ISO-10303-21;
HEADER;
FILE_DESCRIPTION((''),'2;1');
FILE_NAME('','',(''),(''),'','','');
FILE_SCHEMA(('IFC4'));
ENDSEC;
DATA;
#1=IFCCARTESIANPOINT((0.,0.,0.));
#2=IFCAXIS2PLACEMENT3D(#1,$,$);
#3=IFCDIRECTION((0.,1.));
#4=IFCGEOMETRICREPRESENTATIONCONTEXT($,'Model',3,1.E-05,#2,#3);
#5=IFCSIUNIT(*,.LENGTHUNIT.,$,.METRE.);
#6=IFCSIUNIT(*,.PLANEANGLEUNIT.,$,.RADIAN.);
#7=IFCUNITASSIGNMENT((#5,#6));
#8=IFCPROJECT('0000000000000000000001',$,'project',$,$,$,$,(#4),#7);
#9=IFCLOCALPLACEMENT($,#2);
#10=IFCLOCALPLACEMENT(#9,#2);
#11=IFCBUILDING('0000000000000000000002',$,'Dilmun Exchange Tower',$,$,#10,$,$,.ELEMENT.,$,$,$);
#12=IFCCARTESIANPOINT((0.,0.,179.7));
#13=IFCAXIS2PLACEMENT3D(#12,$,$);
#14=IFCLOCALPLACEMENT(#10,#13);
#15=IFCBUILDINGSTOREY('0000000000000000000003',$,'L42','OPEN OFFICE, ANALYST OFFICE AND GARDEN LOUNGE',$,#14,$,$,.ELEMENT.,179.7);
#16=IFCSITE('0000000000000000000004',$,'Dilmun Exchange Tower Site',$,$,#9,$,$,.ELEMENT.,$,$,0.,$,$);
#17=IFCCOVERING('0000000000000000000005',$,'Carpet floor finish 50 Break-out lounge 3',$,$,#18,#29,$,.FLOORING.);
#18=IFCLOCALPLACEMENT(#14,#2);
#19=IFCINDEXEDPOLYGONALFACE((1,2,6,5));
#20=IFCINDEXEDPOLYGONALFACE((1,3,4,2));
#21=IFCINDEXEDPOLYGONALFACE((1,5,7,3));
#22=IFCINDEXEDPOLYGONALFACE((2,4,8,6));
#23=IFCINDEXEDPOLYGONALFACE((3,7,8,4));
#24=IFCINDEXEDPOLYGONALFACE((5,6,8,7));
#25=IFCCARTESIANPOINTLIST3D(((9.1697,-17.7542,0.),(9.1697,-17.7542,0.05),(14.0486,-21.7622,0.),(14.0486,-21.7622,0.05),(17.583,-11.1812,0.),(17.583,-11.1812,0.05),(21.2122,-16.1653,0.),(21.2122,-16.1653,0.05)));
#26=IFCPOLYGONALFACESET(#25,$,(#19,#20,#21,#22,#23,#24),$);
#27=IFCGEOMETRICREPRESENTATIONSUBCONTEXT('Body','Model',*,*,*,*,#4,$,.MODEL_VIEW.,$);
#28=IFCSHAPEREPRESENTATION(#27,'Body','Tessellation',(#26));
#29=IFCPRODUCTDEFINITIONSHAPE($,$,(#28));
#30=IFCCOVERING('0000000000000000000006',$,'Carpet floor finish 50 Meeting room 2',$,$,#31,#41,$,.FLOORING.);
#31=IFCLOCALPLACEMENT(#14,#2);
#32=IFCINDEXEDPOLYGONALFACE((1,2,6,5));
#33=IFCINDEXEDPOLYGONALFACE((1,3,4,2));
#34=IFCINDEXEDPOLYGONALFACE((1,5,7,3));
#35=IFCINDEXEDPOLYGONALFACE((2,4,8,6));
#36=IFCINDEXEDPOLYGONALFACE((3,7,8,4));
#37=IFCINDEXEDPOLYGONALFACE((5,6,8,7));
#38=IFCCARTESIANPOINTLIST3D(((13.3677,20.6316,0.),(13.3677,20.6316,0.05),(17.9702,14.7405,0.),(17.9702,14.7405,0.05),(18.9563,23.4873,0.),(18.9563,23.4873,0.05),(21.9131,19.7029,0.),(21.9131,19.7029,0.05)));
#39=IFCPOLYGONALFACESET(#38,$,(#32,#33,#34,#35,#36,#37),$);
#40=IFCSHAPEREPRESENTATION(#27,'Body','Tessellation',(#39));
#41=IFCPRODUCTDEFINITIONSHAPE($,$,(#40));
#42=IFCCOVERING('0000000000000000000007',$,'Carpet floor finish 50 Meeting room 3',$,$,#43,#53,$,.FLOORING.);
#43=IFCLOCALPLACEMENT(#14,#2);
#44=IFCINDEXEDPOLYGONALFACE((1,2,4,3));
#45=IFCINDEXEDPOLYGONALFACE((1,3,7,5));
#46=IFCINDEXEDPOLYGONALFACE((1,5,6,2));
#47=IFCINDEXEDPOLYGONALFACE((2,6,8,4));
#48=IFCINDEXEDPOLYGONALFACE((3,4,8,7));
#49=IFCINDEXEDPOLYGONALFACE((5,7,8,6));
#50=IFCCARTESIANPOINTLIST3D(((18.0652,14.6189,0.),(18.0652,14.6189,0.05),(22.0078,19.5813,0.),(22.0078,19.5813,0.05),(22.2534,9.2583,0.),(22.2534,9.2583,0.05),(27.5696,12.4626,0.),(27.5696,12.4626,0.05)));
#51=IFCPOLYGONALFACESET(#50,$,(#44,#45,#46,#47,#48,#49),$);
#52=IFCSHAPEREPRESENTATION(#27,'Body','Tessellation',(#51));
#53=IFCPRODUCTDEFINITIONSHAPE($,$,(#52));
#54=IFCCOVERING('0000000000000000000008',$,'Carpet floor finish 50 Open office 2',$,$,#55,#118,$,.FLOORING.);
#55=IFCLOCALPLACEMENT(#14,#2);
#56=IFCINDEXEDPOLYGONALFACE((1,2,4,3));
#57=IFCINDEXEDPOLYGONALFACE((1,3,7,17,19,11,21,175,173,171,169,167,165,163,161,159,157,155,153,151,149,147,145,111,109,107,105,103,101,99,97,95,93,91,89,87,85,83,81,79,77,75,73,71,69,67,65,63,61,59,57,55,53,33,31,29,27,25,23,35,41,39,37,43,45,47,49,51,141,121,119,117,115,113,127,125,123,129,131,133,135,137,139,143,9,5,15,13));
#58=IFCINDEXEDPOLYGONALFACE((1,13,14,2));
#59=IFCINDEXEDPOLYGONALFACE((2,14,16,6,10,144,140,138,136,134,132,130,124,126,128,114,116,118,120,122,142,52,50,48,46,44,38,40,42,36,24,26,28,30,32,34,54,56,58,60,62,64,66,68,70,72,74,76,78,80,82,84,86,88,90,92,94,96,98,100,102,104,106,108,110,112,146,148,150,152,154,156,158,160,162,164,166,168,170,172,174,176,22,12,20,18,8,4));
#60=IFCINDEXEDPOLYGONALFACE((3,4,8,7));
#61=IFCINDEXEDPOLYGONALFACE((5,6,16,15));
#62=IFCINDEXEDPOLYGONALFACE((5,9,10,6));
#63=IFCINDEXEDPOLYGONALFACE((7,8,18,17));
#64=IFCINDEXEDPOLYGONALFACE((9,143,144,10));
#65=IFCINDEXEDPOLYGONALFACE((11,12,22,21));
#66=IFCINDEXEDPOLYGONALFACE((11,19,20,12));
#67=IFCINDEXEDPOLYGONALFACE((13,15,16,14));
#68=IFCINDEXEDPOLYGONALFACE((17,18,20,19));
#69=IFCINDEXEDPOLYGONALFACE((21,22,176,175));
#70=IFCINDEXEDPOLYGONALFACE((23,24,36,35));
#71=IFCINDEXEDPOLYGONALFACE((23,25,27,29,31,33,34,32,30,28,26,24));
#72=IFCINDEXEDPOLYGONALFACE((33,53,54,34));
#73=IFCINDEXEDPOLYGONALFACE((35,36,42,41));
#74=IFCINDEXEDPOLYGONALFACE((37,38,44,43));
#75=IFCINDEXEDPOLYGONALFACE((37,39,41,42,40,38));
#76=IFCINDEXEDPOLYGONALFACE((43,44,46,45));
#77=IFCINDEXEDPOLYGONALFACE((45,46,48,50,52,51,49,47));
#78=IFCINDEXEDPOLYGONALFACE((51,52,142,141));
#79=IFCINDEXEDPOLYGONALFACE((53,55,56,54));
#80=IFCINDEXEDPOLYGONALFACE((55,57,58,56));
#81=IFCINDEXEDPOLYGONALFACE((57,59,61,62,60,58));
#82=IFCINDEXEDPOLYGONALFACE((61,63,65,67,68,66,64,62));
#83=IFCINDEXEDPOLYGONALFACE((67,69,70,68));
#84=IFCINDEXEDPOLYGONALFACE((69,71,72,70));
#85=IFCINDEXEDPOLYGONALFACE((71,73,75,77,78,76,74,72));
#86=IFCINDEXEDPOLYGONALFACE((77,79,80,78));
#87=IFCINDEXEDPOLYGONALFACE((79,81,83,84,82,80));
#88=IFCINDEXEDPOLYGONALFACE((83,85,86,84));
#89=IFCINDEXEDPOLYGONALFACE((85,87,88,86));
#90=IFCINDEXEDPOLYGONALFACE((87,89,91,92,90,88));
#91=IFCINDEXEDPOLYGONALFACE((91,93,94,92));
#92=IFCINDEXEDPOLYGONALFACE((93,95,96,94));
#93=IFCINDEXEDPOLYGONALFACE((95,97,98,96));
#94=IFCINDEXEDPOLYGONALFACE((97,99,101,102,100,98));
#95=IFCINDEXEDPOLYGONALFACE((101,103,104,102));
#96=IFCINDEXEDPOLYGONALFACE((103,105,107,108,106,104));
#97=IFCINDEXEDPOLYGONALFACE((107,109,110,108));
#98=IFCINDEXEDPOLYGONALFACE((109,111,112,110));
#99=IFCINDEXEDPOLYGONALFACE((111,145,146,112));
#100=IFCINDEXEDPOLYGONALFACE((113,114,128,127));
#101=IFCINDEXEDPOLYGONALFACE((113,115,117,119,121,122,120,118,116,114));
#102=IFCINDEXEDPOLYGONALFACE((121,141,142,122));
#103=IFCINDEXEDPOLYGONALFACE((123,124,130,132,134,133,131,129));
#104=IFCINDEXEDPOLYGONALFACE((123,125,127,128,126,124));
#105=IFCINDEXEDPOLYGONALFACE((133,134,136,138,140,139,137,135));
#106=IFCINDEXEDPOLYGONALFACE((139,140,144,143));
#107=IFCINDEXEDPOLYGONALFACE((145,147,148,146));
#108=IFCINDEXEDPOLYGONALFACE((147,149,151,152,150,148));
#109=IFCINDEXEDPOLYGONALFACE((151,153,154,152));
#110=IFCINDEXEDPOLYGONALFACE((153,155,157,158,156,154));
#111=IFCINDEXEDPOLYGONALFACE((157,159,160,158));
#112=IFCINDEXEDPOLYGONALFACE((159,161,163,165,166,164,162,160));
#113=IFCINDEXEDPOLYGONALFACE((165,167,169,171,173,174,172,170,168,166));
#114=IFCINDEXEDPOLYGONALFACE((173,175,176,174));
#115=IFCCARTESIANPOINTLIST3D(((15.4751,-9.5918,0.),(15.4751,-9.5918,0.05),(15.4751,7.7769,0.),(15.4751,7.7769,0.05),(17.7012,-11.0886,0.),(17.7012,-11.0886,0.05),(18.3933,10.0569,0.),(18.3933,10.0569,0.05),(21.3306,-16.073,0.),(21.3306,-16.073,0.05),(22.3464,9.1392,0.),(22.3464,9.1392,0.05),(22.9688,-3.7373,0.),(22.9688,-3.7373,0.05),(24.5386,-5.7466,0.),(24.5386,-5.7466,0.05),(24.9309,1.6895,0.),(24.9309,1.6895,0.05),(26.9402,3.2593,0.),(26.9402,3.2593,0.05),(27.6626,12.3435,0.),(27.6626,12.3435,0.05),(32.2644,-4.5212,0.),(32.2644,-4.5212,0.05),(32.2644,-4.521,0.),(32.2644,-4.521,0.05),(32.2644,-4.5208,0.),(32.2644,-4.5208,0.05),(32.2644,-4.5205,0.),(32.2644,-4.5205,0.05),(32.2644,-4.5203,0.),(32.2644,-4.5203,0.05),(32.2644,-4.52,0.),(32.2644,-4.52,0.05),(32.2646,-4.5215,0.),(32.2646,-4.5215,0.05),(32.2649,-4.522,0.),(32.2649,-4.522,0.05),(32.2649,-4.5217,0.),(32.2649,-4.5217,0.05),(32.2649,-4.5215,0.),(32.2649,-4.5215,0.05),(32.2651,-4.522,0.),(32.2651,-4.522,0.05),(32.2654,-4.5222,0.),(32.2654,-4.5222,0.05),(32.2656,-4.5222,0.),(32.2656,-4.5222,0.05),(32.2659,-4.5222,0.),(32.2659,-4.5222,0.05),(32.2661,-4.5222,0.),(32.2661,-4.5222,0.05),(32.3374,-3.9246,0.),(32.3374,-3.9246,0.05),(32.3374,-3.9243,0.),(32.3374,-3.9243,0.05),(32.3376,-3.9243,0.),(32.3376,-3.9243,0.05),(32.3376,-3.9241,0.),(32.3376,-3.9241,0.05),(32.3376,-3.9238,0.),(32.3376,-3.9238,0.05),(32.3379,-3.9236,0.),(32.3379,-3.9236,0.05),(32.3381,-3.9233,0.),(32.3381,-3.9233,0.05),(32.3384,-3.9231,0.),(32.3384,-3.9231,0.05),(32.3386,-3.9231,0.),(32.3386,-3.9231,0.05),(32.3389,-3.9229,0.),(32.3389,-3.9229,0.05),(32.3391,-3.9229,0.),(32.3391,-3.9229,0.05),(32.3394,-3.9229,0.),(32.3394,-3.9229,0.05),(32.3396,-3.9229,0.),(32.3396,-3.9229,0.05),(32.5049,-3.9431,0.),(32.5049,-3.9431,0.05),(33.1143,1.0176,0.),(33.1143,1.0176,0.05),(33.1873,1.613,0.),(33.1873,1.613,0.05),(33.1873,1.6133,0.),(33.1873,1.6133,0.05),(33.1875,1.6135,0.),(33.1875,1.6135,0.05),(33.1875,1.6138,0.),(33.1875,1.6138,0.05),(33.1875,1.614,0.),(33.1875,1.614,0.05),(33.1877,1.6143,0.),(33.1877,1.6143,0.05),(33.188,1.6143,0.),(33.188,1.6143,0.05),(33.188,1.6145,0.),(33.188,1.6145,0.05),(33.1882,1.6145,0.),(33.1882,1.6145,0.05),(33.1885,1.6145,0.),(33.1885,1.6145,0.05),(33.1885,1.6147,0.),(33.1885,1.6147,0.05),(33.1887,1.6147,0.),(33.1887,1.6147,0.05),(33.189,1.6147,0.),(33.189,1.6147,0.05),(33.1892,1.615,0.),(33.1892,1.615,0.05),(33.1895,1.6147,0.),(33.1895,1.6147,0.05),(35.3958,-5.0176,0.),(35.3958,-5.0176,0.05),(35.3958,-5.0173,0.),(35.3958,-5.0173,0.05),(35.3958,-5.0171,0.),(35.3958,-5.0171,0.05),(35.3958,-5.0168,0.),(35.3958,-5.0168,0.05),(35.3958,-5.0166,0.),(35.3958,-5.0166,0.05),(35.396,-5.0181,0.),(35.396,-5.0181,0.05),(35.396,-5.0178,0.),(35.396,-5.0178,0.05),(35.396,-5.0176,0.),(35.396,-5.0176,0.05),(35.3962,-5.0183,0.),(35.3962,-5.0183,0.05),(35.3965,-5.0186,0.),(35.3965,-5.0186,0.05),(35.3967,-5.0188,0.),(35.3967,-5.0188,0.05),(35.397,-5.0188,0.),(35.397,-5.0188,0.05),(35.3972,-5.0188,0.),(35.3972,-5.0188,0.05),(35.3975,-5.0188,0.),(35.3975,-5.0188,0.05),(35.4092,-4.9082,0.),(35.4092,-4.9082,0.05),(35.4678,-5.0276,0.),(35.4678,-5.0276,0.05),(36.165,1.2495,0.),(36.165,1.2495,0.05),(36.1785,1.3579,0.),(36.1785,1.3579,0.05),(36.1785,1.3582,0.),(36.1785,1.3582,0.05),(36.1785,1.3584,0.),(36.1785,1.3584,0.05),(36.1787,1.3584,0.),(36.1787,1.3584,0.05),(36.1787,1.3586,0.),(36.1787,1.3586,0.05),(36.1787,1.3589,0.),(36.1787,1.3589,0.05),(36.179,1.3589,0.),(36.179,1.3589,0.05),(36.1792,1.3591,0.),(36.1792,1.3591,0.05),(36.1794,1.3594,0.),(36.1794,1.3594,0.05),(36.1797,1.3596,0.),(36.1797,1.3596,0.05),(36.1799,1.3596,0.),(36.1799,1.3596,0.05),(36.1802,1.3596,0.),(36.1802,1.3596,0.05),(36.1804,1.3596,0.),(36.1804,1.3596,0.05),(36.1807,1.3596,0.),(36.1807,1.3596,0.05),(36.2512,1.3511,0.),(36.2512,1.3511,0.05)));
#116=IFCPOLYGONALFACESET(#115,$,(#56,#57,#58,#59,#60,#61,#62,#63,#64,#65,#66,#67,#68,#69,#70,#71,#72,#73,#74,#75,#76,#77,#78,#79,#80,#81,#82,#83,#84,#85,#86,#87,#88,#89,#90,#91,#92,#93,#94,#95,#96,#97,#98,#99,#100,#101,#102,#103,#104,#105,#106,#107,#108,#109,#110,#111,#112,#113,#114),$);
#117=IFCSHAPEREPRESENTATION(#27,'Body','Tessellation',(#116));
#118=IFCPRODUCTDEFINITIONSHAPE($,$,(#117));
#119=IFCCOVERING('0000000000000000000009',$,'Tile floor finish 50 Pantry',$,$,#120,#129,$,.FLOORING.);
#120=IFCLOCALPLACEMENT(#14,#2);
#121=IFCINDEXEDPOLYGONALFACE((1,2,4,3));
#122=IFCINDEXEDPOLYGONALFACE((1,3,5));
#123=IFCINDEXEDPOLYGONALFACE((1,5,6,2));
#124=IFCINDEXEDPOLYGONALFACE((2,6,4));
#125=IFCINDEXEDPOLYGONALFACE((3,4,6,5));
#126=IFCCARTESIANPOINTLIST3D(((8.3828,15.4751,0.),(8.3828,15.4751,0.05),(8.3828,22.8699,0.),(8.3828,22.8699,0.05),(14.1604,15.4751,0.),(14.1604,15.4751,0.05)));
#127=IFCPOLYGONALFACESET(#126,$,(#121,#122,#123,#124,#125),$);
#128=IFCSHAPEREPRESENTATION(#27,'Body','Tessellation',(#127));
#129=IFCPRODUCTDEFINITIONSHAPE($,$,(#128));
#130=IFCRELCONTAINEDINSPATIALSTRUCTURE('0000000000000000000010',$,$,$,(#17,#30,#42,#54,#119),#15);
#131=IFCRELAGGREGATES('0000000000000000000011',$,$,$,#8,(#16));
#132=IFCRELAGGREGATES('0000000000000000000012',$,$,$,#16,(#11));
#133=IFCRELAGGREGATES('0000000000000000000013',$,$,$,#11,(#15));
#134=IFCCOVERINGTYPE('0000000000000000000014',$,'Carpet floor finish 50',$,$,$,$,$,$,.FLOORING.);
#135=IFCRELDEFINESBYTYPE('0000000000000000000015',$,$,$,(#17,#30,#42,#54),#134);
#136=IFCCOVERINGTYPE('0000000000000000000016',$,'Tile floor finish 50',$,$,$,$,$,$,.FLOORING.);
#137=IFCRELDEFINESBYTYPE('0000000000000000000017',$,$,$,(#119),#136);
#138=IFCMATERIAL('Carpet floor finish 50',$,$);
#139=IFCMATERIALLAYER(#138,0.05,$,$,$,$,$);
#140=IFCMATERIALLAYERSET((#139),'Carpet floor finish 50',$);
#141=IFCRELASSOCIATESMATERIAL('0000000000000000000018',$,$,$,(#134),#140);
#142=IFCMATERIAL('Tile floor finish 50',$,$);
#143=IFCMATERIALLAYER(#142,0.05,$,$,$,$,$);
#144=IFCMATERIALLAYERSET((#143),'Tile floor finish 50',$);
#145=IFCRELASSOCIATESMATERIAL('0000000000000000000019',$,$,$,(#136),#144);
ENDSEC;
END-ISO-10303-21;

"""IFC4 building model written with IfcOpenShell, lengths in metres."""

from ifc_helpers import new_model, si_unit, direction, frame, origin, place, context, subcontext, project, spatial, polyline, outline, extrude, material, layer, layer_set, type_object, element, save


model = new_model("IFC4")

# Units and contexts
model_context = context("Model", 3, precision=1e-05, world=origin(), true_north=direction((0.0, 1.0)))
body_context = subcontext(model_context, "Body", "Model", "MODEL_VIEW")
ifc_project = project(units=[si_unit("LENGTHUNIT", "METRE"), si_unit("PLANEANGLEUNIT", "RADIAN")], contexts=[model_context])

# Site, building, storey
site_placement = place(None, origin())
site = spatial("IfcSite", under=ifc_project, at=site_placement, Name="Dilmun Exchange Tower Site", CompositionType="ELEMENT", RefElevation=0.0)
building_placement = place(site_placement, origin())
building = spatial("IfcBuilding", under=site, at=building_placement, Name="Dilmun Exchange Tower", CompositionType="ELEMENT")
storey_placement = place(building_placement, frame((0.0, 0.0, 179.7)))
storey = spatial("IfcBuildingStorey", under=building, at=storey_placement, Name="L42", Description="OPEN OFFICE, ANALYST OFFICE AND GARDEN LOUNGE", CompositionType="ELEMENT", Elevation=179.7)

# Coverings
ifc_material_1 = material(Name="Carpet floor finish 50")
ifc_layer_1 = layer(ifc_material_1, 0.05)
ifc_layer_set_1 = layer_set([ifc_layer_1], Name="Carpet floor finish 50")
covering_type_1 = type_object("IfcCoveringType", Name="Carpet floor finish 50", PredefinedType="FLOORING", material=ifc_layer_set_1)
covering_1_placement = place(storey_placement, origin())
element("IfcCovering", 1, at=covering_1_placement, inside=storey, type_object=covering_type_1, Name="Carpet floor finish 50 Break-out lounge 3", PredefinedType="FLOORING", context=body_context, shape_type="SweptSolid", body=[
    extrude(outline(polyline([(17.583, -11.1812), (21.2122, -16.1653), (14.0486, -21.7622), (9.1697, -17.7542), (17.583, -11.1812)])), origin(), (0.0, 0.0, 1.0), 0.05),
])
covering_2_placement = place(storey_placement, origin())
element("IfcCovering", 2, at=covering_2_placement, inside=storey, type_object=covering_type_1, Name="Carpet floor finish 50 Meeting room 2", PredefinedType="FLOORING", context=body_context, shape_type="SweptSolid", body=[
    extrude(outline(polyline([(13.3677, 20.6316), (18.9563, 23.4873), (21.9131, 19.7029), (17.9702, 14.7405), (13.3677, 20.6316)])), origin(), (0.0, 0.0, 1.0), 0.05),
])
covering_3_placement = place(storey_placement, origin())
element("IfcCovering", 3, at=covering_3_placement, inside=storey, type_object=covering_type_1, Name="Carpet floor finish 50 Meeting room 3", PredefinedType="FLOORING", context=body_context, shape_type="SweptSolid", body=[
    extrude(outline(polyline([(18.0652, 14.6189), (22.0078, 19.5813), (27.5696, 12.4626), (22.2534, 9.2583), (18.0652, 14.6189)])), origin(), (0.0, 0.0, 1.0), 0.05),
])
covering_4_placement = place(storey_placement, origin())
element("IfcCovering", 4, at=covering_4_placement, inside=storey, type_object=covering_type_1, Name="Carpet floor finish 50 Open office 2", PredefinedType="FLOORING", context=body_context, shape_type="SweptSolid", body=[
    extrude(outline(polyline([(17.7012, -11.0886), (24.5386, -5.7466), (22.9688, -3.7373), (15.4751, -9.5918), (15.4751, 7.7769), (18.3933, 10.0569), (24.9309, 1.6895), (26.9402, 3.2593), (22.3464, 9.1392), (27.6626, 12.3435), (36.2512, 1.3511), (36.1807, 1.3596), (36.1804, 1.3596), (36.1804, 1.3596), (36.1802, 1.3596), (36.1799, 1.3596), (36.1797, 1.3596), (36.1794, 1.3594), (36.1794, 1.3594), (36.1792, 1.3591), (36.1792, 1.3591), (36.179, 1.3589), (36.1787, 1.3589), (36.1787, 1.3586), (36.1787, 1.3584), (36.1785, 1.3584), (36.1785, 1.3582), (36.1785, 1.3579), (36.165, 1.2495), (33.1895, 1.6147), (33.1892, 1.615), (33.1892, 1.615), (33.189, 1.6147), (33.1887, 1.6147), (33.1885, 1.6147), (33.1885, 1.6145), (33.1882, 1.6145), (33.188, 1.6145), (33.188, 1.6143), (33.1877, 1.6143), (33.1875, 1.614), (33.1875, 1.6138), (33.1875, 1.6138), (33.1875, 1.6135), (33.1873, 1.6133), (33.1873, 1.613), (33.1143, 1.0176), (33.1143, 1.0176), (32.5049, -3.9431), (32.3396, -3.9229), (32.3396, -3.9229), (32.3394, -3.9229), (32.3391, -3.9229), (32.3389, -3.9229), (32.3386, -3.9231), (32.3386, -3.9231), (32.3384, -3.9231), (32.3381, -3.9233), (32.3381, -3.9233), (32.3379, -3.9236), (32.3379, -3.9236), (32.3376, -3.9238), (32.3376, -3.9241), (32.3376, -3.9243), (32.3374, -3.9243), (32.3374, -3.9246), (32.2644, -4.52), (32.2644, -4.5203), (32.2644, -4.5205), (32.2644, -4.5208), (32.2644, -4.521), (32.2644, -4.521), (32.2644, -4.5212), (32.2646, -4.5215), (32.2649, -4.5215), (32.2649, -4.5217), (32.2649, -4.522), (32.2651, -4.522), (32.2654, -4.5222), (32.2654, -4.5222), (32.2656, -4.5222), (32.2659, -4.5222), (32.2661, -4.5222), (35.4092, -4.9082), (35.3958, -5.0166), (35.3958, -5.0168), (35.3958, -5.0171), (35.3958, -5.0173), (35.3958, -5.0176), (35.396, -5.0176), (35.396, -5.0178), (35.396, -5.0181), (35.3962, -5.0183), (35.3962, -5.0183), (35.3965, -5.0186), (35.3965, -5.0186), (35.3967, -5.0188), (35.397, -5.0188), (35.3972, -5.0188), (35.3972, -5.0188), (35.3975, -5.0188), (35.4678, -5.0276), (21.3306, -16.073), (17.7012, -11.0886)])), origin(), (0.0, 0.0, 1.0), 0.05),
])
ifc_material_2 = material(Name="Tile floor finish 50")
ifc_layer_2 = layer(ifc_material_2, 0.05)
ifc_layer_set_2 = layer_set([ifc_layer_2], Name="Tile floor finish 50")
covering_type_2 = type_object("IfcCoveringType", Name="Tile floor finish 50", PredefinedType="FLOORING", material=ifc_layer_set_2)
covering_5_placement = place(storey_placement, origin())
element("IfcCovering", 5, at=covering_5_placement, inside=storey, type_object=covering_type_2, Name="Tile floor finish 50 Pantry", PredefinedType="FLOORING", context=body_context, shape_type="SweptSolid", body=[
    extrude(outline(polyline([(8.3828, 22.8699), (14.1604, 15.4751), (8.3828, 15.4751), (8.3828, 22.8699)])), origin(), (0.0, 0.0, 1.0), 0.05),
])

save(model, "model.ifc")
